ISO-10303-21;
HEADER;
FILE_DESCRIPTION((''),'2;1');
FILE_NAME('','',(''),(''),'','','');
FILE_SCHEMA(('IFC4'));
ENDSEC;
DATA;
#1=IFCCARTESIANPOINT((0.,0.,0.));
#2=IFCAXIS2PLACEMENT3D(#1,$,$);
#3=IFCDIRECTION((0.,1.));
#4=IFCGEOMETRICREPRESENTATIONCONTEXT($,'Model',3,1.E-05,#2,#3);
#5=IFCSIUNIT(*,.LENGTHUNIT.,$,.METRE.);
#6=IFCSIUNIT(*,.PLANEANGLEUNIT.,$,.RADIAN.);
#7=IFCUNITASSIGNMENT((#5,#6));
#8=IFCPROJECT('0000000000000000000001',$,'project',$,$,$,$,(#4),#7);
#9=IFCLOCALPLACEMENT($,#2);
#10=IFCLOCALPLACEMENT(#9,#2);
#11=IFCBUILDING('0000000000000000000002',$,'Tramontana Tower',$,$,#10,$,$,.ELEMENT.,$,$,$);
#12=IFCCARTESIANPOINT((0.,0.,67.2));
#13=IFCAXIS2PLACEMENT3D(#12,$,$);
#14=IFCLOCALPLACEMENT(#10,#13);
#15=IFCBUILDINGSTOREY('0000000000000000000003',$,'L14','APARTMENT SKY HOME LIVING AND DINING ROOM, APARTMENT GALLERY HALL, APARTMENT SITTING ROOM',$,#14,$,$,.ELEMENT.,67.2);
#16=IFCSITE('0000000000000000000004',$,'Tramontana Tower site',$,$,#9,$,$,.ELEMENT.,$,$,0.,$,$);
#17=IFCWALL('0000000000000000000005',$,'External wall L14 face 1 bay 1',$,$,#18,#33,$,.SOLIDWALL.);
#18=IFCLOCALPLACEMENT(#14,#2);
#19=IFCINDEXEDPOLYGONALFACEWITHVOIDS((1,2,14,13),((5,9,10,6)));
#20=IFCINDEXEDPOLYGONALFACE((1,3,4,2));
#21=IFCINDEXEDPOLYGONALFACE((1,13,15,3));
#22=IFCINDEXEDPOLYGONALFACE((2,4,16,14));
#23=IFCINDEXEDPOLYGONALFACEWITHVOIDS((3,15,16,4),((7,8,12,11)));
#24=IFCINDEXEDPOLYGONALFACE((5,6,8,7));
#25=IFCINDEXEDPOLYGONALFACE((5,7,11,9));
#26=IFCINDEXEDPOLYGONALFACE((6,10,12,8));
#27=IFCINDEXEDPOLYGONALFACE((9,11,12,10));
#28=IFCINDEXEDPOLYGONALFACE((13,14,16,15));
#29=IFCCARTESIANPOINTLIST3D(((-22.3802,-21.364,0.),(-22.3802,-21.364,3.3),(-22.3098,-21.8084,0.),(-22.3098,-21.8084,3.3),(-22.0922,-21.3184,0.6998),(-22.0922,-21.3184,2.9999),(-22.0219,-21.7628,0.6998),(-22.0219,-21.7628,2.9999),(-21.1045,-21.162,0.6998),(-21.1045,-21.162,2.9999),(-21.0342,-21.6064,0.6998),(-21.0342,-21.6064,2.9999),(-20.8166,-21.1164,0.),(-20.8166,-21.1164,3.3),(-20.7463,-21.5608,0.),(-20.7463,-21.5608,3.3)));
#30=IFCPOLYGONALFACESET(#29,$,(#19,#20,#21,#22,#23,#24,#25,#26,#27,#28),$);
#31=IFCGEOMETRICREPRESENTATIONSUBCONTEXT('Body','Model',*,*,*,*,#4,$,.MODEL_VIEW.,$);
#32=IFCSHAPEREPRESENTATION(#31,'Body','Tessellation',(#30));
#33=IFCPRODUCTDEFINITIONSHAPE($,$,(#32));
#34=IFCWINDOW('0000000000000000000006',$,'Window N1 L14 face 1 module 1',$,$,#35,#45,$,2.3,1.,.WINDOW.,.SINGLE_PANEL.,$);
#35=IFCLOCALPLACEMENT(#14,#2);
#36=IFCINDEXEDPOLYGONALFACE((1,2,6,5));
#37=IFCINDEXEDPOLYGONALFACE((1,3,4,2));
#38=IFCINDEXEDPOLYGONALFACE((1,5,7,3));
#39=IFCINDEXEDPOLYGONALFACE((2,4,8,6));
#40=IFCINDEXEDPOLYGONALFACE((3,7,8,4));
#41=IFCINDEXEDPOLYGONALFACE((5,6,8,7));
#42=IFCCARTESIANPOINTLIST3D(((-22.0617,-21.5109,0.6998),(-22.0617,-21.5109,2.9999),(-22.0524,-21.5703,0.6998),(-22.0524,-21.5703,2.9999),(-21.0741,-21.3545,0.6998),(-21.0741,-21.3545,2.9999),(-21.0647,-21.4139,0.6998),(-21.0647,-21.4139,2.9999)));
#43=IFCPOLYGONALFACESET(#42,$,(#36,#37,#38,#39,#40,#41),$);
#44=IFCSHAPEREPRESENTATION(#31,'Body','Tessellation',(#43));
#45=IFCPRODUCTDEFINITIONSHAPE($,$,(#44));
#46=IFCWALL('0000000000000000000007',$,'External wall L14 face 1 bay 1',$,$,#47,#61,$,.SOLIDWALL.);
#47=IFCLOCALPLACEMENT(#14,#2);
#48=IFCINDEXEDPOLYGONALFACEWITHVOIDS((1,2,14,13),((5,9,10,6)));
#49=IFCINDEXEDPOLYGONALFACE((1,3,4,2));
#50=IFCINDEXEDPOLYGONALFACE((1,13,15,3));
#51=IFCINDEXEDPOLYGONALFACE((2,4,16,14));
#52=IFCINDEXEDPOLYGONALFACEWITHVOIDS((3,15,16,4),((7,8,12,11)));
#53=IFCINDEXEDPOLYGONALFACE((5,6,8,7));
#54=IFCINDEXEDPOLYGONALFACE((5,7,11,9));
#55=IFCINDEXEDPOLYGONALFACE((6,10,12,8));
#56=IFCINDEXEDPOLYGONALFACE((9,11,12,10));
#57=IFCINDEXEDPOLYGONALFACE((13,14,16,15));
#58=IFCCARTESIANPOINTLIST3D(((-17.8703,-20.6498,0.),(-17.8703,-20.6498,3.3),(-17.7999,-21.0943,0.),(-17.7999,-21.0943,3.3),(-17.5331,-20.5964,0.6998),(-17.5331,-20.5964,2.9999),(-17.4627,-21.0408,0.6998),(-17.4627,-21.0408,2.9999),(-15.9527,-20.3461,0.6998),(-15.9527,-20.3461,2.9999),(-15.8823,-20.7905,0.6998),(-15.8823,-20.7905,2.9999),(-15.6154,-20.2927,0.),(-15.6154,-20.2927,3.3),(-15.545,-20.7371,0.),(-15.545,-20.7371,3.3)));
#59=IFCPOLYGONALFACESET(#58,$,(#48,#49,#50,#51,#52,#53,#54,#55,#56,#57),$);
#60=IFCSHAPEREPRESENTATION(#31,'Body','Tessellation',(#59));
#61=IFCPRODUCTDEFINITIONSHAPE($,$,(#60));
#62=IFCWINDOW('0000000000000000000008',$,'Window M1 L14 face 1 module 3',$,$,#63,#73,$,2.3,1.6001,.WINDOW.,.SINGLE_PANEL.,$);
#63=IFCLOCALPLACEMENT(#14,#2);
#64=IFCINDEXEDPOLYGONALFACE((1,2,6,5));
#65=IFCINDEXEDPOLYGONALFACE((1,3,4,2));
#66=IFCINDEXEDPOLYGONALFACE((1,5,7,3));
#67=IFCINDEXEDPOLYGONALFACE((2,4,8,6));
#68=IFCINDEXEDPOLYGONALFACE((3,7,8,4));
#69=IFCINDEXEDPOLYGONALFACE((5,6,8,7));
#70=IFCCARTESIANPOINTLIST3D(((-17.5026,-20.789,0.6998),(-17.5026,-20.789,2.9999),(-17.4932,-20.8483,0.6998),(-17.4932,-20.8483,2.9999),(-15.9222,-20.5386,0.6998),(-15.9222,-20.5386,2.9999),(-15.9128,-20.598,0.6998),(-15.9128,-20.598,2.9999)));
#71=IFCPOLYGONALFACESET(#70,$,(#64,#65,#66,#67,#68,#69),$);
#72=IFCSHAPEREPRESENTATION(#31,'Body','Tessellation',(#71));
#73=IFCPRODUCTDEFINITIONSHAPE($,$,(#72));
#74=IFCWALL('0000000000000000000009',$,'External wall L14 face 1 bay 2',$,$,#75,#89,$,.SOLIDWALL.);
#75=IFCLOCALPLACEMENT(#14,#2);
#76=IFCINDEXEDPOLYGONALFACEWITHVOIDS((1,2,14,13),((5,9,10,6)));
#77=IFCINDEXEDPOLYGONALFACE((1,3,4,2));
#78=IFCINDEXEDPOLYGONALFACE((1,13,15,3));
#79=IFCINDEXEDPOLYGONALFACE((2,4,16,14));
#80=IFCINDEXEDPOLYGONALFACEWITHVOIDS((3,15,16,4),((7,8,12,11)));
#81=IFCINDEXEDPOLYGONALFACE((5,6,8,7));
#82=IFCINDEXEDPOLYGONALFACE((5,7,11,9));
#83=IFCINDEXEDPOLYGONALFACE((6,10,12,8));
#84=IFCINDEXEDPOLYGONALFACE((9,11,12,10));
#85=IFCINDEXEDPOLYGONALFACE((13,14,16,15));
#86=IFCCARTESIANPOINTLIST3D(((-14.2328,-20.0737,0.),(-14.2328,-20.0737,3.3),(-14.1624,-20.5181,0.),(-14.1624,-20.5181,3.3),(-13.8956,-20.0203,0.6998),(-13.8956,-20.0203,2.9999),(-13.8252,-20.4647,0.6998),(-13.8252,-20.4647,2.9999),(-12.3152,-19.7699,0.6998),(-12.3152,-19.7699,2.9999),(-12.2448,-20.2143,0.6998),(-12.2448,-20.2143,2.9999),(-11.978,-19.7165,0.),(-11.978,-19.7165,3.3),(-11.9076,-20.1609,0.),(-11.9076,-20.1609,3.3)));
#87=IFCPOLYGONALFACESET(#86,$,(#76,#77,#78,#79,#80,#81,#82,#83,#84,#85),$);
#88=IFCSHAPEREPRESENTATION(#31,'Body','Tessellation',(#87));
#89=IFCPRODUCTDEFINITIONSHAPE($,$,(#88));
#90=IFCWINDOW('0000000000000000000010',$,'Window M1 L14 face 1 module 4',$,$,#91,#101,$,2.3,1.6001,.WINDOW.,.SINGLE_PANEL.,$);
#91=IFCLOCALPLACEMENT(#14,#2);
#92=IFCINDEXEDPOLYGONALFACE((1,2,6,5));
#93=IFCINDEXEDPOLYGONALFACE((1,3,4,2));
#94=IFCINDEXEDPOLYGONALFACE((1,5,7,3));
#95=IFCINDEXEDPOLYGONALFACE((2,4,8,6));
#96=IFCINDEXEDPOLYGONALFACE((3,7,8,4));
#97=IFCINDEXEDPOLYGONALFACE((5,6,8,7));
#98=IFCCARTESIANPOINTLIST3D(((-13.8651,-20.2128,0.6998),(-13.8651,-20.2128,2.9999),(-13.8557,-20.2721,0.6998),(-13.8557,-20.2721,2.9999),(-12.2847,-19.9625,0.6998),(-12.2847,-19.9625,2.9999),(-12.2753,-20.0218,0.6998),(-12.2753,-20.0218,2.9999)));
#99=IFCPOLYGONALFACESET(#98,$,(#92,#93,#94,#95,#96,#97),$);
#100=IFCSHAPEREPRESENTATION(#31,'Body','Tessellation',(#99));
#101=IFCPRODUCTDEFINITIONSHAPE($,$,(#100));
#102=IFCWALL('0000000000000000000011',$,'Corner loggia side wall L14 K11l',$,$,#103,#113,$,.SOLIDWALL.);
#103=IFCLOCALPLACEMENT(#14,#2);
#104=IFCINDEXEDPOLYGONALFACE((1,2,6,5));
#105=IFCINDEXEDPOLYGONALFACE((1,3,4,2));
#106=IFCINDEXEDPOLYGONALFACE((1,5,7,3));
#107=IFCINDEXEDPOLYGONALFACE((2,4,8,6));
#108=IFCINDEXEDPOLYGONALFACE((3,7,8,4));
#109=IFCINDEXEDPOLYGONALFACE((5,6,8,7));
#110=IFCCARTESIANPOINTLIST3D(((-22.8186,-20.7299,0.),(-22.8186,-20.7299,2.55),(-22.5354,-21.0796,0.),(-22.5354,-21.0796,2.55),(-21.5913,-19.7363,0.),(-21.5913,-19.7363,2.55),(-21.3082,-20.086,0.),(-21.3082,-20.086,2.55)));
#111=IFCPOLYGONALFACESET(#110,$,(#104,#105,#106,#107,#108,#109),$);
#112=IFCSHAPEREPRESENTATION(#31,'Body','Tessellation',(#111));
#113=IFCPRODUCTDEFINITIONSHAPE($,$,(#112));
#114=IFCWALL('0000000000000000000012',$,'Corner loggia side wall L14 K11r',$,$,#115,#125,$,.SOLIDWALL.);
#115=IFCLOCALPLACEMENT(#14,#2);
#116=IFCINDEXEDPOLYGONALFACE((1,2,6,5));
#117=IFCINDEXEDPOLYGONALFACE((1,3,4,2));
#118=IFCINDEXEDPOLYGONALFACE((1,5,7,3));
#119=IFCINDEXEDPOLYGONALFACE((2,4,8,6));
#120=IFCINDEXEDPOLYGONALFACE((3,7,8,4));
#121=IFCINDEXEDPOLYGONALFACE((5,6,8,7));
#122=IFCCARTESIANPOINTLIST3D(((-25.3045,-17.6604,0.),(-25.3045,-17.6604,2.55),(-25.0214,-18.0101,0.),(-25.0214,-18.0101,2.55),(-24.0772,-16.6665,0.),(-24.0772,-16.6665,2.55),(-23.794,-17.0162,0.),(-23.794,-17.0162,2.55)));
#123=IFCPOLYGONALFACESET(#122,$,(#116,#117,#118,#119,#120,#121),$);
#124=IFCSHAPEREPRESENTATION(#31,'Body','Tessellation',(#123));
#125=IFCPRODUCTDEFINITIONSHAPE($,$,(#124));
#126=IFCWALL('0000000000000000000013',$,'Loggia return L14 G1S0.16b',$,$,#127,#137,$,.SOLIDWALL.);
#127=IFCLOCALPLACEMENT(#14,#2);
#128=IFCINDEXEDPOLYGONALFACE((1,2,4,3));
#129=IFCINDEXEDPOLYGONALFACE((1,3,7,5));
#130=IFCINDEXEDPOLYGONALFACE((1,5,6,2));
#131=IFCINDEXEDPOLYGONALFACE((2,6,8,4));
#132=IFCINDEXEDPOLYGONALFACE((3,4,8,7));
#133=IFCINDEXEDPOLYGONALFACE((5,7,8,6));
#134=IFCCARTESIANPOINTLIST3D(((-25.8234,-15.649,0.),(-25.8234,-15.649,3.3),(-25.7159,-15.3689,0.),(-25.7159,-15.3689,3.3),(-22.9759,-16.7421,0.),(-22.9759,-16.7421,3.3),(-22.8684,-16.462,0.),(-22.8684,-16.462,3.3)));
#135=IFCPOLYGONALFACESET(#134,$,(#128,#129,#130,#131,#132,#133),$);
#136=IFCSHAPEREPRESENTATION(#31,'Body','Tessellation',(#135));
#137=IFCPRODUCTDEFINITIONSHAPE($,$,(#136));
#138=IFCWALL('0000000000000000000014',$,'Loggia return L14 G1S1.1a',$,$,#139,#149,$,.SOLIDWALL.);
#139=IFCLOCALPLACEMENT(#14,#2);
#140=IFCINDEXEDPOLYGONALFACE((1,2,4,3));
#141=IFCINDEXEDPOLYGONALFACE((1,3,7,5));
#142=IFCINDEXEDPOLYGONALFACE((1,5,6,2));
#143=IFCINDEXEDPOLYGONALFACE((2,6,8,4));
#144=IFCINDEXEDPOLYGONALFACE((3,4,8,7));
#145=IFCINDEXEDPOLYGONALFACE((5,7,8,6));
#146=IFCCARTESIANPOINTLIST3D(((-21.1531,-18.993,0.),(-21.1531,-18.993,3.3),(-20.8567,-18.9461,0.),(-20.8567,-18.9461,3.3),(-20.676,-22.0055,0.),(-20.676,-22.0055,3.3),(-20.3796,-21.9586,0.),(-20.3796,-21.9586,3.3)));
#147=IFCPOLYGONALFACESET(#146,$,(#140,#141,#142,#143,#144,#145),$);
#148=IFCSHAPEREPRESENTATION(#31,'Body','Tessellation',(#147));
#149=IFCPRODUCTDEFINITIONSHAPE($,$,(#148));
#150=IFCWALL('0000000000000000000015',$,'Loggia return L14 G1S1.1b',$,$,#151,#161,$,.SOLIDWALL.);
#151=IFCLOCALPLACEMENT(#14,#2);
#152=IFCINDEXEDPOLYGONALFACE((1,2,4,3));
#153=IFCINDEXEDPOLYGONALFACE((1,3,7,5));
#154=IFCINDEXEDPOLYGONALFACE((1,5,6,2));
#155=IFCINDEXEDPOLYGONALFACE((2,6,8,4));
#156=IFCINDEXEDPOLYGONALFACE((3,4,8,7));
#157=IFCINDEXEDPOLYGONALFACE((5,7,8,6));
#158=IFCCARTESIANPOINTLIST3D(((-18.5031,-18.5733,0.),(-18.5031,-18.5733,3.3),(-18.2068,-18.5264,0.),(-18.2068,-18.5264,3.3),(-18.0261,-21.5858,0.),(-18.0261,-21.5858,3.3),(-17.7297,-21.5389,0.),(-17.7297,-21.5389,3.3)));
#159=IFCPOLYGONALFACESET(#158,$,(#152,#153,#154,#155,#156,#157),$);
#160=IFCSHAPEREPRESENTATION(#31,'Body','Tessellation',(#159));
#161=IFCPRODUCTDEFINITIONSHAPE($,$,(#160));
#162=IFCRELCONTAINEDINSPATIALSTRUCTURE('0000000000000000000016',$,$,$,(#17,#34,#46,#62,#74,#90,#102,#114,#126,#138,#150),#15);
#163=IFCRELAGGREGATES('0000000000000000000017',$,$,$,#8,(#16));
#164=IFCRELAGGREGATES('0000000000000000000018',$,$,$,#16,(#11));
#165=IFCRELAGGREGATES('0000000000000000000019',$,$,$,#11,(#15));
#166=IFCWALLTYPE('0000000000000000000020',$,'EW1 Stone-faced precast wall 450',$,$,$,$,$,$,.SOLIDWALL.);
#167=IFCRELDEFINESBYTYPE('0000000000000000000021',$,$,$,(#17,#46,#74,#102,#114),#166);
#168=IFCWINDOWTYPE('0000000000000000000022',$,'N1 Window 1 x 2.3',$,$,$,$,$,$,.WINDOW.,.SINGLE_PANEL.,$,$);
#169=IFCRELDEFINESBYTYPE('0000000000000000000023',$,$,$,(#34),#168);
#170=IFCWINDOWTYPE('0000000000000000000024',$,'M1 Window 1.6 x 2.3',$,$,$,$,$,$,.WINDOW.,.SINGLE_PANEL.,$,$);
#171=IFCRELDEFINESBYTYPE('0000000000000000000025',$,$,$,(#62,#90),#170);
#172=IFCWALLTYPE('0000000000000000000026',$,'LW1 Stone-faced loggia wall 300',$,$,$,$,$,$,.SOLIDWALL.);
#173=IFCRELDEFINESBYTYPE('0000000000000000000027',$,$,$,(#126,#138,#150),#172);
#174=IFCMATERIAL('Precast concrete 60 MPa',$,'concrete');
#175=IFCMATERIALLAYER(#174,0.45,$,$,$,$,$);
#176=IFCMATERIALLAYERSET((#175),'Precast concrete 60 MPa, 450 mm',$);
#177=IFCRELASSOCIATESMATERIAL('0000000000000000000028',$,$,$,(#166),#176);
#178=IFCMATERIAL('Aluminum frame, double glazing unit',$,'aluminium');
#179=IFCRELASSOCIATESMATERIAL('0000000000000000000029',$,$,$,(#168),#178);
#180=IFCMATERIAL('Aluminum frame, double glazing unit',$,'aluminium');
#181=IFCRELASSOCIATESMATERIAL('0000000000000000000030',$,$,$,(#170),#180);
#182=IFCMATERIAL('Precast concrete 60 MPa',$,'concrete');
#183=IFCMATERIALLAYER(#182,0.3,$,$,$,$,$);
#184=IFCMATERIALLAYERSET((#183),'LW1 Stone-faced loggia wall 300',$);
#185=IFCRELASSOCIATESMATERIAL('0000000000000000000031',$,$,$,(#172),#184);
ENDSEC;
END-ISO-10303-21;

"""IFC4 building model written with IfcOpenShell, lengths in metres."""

from ifc_helpers import new_model, si_unit, direction, frame, frame_2d, origin, place, context, subcontext, project, spatial, rectangle, extrude, material, layer, layer_set, type_object, element, fill, save


model = new_model("IFC4")

# Units and contexts
model_context = context("Model", 3, precision=1e-05, world=origin(), true_north=direction((0.0, 1.0)))
body_context = subcontext(model_context, "Body", "Model", "MODEL_VIEW")
ifc_project = project(units=[si_unit("LENGTHUNIT", "METRE"), si_unit("PLANEANGLEUNIT", "RADIAN")], contexts=[model_context])

# Site, building, storey
site_placement = place(None, origin())
site = spatial("IfcSite", under=ifc_project, at=site_placement, Name="Tramontana Tower site", CompositionType="ELEMENT", RefElevation=0.0)
building_placement = place(site_placement, origin())
building = spatial("IfcBuilding", under=site, at=building_placement, Name="Tramontana Tower", CompositionType="ELEMENT")
storey_placement = place(building_placement, frame((0.0, 0.0, 67.2)))
storey = spatial("IfcBuildingStorey", under=building, at=storey_placement, Name="L14", Description="APARTMENT SKY HOME LIVING AND DINING ROOM, APARTMENT GALLERY HALL, APARTMENT SITTING ROOM", CompositionType="ELEMENT", Elevation=67.2)

# Walls, openings, windows
ifc_material_1 = material(Name="Precast concrete 60 MPa", Category="concrete")
ifc_layer_1 = layer(ifc_material_1, 0.45)
ifc_layer_set_1 = layer_set([ifc_layer_1], Name="Precast concrete 60 MPa, 450 mm")
wall_type_1 = type_object("IfcWallType", Name="EW1 Stone-faced precast wall 450", PredefinedType="SOLIDWALL", material=ifc_layer_set_1)
ifc_material_2 = material(Name="Aluminum frame, double glazing unit", Category="aluminium")
window_type_1 = type_object("IfcWindowType", Name="N1 Window 1 x 2.3", PartitioningType="SINGLE_PANEL", PredefinedType="WINDOW", material=ifc_material_2)
wall_1_placement = place(storey_placement, frame((-22.345, -21.5862, 0.0), z_axis=(0.0, 0.0, 1.0), x_axis=(0.987695, 0.15639, 0.0)))
wall_1 = element("IfcWall", 1, at=wall_1_placement, inside=storey, type_object=wall_type_1, Name="External wall L14 face 1 bay 1", PredefinedType="SOLIDWALL", context=body_context, shape_type="SweptSolid", body=[
    extrude(rectangle(XDim=1.583, YDim=0.45, at=frame_2d((0.7915, 0.0))), origin(), (0.0, 0.0, 1.0), 3.3),
])
opening_1_placement = place(wall_1_placement, frame((0.2915, 0.0, 0.7)))
opening_1 = element("IfcOpeningElement", 2, at=opening_1_placement, cuts=wall_1, PredefinedType="OPENING", context=body_context, shape_type="SweptSolid", body=[
    extrude(rectangle(XDim=1.0, YDim=2.3, at=frame_2d((0.5, 1.1499))), frame((0.0, 0.2349, 0.0), z_axis=(0.0, -1.0, 0.0), x_axis=(1.0, 0.0, 0.0)), (0.0, 0.0, 1.0), 0.47),
])
window_1_placement = place(opening_1_placement, origin())
window_1 = element("IfcWindow", 3, at=window_1_placement, inside=storey, type_object=window_type_1, Name="Window N1 L14 face 1 module 1", OverallHeight=2.3, OverallWidth=1.0, PartitioningType="SINGLE_PANEL", PredefinedType="WINDOW", context=body_context, shape_type="SweptSolid", body=[
    extrude(rectangle(XDim=1.0, YDim=2.3, at=frame_2d((0.5, 1.1499))), frame((0.0, 0.03, 0.0), z_axis=(0.0, -1.0, 0.0), x_axis=(1.0, 0.0, 0.0)), (0.0, 0.0, 1.0), 0.0601),
])
fill(opening_1, window_1)
wall_2_placement = place(storey_placement, frame((-17.8352, -20.8721, 0.0), z_axis=(0.0, 0.0, 1.0), x_axis=(0.987686, 0.156451, 0.0)))
wall_2 = element("IfcWall", 4, at=wall_2_placement, inside=storey, type_object=wall_type_1, Name="External wall L14 face 1 bay 1", PredefinedType="SOLIDWALL", context=body_context, shape_type="SweptSolid", body=[
    extrude(rectangle(XDim=2.283, YDim=0.45, at=frame_2d((1.1416, 0.0))), origin(), (0.0, 0.0, 1.0), 3.3),
])
opening_2_placement = place(wall_2_placement, frame((0.3416, 0.0, 0.7)))
opening_2 = element("IfcOpeningElement", 5, at=opening_2_placement, cuts=wall_2, PredefinedType="OPENING", context=body_context, shape_type="SweptSolid", body=[
    extrude(rectangle(XDim=1.6001, YDim=2.3, at=frame_2d((0.8, 1.1499))), frame((0.0, 0.2349, 0.0), z_axis=(0.0, -1.0, 0.0), x_axis=(1.0, 0.0, 0.0)), (0.0, 0.0, 1.0), 0.47),
])
ifc_material_3 = material(Name="Aluminum frame, double glazing unit", Category="aluminium")
window_type_2 = type_object("IfcWindowType", Name="M1 Window 1.6 x 2.3", PartitioningType="SINGLE_PANEL", PredefinedType="WINDOW", material=ifc_material_3)
window_2_placement = place(opening_2_placement, origin())
window_2 = element("IfcWindow", 6, at=window_2_placement, inside=storey, type_object=window_type_2, Name="Window M1 L14 face 1 module 3", OverallHeight=2.3, OverallWidth=1.6001, PartitioningType="SINGLE_PANEL", PredefinedType="WINDOW", context=body_context, shape_type="SweptSolid", body=[
    extrude(rectangle(XDim=1.6001, YDim=2.3, at=frame_2d((0.8, 1.1499))), frame((0.0, 0.03, 0.0), z_axis=(0.0, -1.0, 0.0), x_axis=(1.0, 0.0, 0.0)), (0.0, 0.0, 1.0), 0.0601),
])
fill(opening_2, window_2)
wall_3_placement = place(storey_placement, frame((-14.1978, -20.2959, 0.0), z_axis=(0.0, 0.0, 1.0), x_axis=(0.987686, 0.156451, 0.0)))
wall_3 = element("IfcWall", 7, at=wall_3_placement, inside=storey, type_object=wall_type_1, Name="External wall L14 face 1 bay 2", PredefinedType="SOLIDWALL", context=body_context, shape_type="SweptSolid", body=[
    extrude(rectangle(XDim=2.283, YDim=0.45, at=frame_2d((1.1416, 0.0))), origin(), (0.0, 0.0, 1.0), 3.3),
])
opening_3_placement = place(wall_3_placement, frame((0.3416, 0.0, 0.7)))
opening_3 = element("IfcOpeningElement", 8, at=opening_3_placement, cuts=wall_3, PredefinedType="OPENING", context=body_context, shape_type="SweptSolid", body=[
    extrude(rectangle(XDim=1.6001, YDim=2.3, at=frame_2d((0.8, 1.1499))), frame((0.0, 0.2349, 0.0), z_axis=(0.0, -1.0, 0.0), x_axis=(1.0, 0.0, 0.0)), (0.0, 0.0, 1.0), 0.47),
])
window_3_placement = place(opening_3_placement, origin())
window_3 = element("IfcWindow", 9, at=window_3_placement, inside=storey, type_object=window_type_2, Name="Window M1 L14 face 1 module 4", OverallHeight=2.3, OverallWidth=1.6001, PartitioningType="SINGLE_PANEL", PredefinedType="WINDOW", context=body_context, shape_type="SweptSolid", body=[
    extrude(rectangle(XDim=1.6001, YDim=2.3, at=frame_2d((0.8, 1.1499))), frame((0.0, 0.03, 0.0), z_axis=(0.0, -1.0, 0.0), x_axis=(1.0, 0.0, 0.0)), (0.0, 0.0, 1.0), 0.0601),
])
fill(opening_3, window_3)

# Walls
wall_4_placement = place(storey_placement, frame((-22.677, -20.9048, 0.0), z_axis=(0.0, 0.0, 1.0), x_axis=(0.777205, 0.629247, 0.0)))
element("IfcWall", 10, at=wall_4_placement, inside=storey, type_object=wall_type_1, Name="Corner loggia side wall L14 K11l", PredefinedType="SOLIDWALL", context=body_context, shape_type="SweptSolid", body=[
    extrude(rectangle(XDim=1.5791, YDim=0.45, at=frame_2d((0.7896, 0.0))), origin(), (0.0, 0.0, 1.0), 2.55),
])
wall_5_placement = place(storey_placement, frame((-25.1628, -17.8352, 0.0), z_axis=(0.0, 0.0, 1.0), x_axis=(0.77713, 0.629341, 0.0)))
element("IfcWall", 11, at=wall_5_placement, inside=storey, type_object=wall_type_1, Name="Corner loggia side wall L14 K11r", PredefinedType="SOLIDWALL", context=body_context, shape_type="SweptSolid", body=[
    extrude(rectangle(XDim=1.5793, YDim=0.45, at=frame_2d((0.7896, 0.0))), origin(), (0.0, 0.0, 1.0), 2.55),
])

# Wall
ifc_material_4 = material(Name="Precast concrete 60 MPa", Category="concrete")
ifc_layer_2 = layer(ifc_material_4, 0.3)
ifc_layer_set_2 = layer_set([ifc_layer_2], Name="LW1 Stone-faced loggia wall 300")
wall_type_2 = type_object("IfcWallType", Name="LW1 Stone-faced loggia wall 300", PredefinedType="SOLIDWALL", material=ifc_layer_set_2)
wall_6_placement = place(storey_placement, frame((-25.7695, -15.509, 0.0), z_axis=(0.0, 0.0, 1.0), x_axis=(0.933581, -0.358368, 0.0)))
element("IfcWall", 12, at=wall_6_placement, inside=storey, type_object=wall_type_2, Name="Loggia return L14 G1S0.16b", PredefinedType="SOLIDWALL", context=body_context, shape_type="SweptSolid", body=[
    extrude(rectangle(XDim=3.05, YDim=0.3, at=frame_2d((1.5249, 0.0))), origin(), (0.0, 0.0, 1.0), 3.3),
])

# Walls
for number, where, z_axis, x_axis, name in (
    (13, (-20.5278, -21.9819, 0.0), (0.0, 0.0, 1.0), (-0.156411, 0.987692, 0.0), "Loggia return L14 G1S1.1a"),
    (14, (-17.8779, -21.5623, 0.0), (0.0, 0.0, 1.0), (-0.156411, 0.987692, 0.0), "Loggia return L14 G1S1.1b"),
):
    element("IfcWall", number, at=place(storey_placement, frame(where, z_axis=z_axis, x_axis=x_axis)), inside=storey, type_object=wall_type_2, Name=name, PredefinedType="SOLIDWALL", context=body_context, shape_type="SweptSolid", body=[
        extrude(rectangle(XDim=3.05, YDim=0.3, at=frame_2d((1.5249, 0.0))), origin(), (0.0, 0.0, 1.0), 3.3),
    ])

save(model, "model.ifc")
